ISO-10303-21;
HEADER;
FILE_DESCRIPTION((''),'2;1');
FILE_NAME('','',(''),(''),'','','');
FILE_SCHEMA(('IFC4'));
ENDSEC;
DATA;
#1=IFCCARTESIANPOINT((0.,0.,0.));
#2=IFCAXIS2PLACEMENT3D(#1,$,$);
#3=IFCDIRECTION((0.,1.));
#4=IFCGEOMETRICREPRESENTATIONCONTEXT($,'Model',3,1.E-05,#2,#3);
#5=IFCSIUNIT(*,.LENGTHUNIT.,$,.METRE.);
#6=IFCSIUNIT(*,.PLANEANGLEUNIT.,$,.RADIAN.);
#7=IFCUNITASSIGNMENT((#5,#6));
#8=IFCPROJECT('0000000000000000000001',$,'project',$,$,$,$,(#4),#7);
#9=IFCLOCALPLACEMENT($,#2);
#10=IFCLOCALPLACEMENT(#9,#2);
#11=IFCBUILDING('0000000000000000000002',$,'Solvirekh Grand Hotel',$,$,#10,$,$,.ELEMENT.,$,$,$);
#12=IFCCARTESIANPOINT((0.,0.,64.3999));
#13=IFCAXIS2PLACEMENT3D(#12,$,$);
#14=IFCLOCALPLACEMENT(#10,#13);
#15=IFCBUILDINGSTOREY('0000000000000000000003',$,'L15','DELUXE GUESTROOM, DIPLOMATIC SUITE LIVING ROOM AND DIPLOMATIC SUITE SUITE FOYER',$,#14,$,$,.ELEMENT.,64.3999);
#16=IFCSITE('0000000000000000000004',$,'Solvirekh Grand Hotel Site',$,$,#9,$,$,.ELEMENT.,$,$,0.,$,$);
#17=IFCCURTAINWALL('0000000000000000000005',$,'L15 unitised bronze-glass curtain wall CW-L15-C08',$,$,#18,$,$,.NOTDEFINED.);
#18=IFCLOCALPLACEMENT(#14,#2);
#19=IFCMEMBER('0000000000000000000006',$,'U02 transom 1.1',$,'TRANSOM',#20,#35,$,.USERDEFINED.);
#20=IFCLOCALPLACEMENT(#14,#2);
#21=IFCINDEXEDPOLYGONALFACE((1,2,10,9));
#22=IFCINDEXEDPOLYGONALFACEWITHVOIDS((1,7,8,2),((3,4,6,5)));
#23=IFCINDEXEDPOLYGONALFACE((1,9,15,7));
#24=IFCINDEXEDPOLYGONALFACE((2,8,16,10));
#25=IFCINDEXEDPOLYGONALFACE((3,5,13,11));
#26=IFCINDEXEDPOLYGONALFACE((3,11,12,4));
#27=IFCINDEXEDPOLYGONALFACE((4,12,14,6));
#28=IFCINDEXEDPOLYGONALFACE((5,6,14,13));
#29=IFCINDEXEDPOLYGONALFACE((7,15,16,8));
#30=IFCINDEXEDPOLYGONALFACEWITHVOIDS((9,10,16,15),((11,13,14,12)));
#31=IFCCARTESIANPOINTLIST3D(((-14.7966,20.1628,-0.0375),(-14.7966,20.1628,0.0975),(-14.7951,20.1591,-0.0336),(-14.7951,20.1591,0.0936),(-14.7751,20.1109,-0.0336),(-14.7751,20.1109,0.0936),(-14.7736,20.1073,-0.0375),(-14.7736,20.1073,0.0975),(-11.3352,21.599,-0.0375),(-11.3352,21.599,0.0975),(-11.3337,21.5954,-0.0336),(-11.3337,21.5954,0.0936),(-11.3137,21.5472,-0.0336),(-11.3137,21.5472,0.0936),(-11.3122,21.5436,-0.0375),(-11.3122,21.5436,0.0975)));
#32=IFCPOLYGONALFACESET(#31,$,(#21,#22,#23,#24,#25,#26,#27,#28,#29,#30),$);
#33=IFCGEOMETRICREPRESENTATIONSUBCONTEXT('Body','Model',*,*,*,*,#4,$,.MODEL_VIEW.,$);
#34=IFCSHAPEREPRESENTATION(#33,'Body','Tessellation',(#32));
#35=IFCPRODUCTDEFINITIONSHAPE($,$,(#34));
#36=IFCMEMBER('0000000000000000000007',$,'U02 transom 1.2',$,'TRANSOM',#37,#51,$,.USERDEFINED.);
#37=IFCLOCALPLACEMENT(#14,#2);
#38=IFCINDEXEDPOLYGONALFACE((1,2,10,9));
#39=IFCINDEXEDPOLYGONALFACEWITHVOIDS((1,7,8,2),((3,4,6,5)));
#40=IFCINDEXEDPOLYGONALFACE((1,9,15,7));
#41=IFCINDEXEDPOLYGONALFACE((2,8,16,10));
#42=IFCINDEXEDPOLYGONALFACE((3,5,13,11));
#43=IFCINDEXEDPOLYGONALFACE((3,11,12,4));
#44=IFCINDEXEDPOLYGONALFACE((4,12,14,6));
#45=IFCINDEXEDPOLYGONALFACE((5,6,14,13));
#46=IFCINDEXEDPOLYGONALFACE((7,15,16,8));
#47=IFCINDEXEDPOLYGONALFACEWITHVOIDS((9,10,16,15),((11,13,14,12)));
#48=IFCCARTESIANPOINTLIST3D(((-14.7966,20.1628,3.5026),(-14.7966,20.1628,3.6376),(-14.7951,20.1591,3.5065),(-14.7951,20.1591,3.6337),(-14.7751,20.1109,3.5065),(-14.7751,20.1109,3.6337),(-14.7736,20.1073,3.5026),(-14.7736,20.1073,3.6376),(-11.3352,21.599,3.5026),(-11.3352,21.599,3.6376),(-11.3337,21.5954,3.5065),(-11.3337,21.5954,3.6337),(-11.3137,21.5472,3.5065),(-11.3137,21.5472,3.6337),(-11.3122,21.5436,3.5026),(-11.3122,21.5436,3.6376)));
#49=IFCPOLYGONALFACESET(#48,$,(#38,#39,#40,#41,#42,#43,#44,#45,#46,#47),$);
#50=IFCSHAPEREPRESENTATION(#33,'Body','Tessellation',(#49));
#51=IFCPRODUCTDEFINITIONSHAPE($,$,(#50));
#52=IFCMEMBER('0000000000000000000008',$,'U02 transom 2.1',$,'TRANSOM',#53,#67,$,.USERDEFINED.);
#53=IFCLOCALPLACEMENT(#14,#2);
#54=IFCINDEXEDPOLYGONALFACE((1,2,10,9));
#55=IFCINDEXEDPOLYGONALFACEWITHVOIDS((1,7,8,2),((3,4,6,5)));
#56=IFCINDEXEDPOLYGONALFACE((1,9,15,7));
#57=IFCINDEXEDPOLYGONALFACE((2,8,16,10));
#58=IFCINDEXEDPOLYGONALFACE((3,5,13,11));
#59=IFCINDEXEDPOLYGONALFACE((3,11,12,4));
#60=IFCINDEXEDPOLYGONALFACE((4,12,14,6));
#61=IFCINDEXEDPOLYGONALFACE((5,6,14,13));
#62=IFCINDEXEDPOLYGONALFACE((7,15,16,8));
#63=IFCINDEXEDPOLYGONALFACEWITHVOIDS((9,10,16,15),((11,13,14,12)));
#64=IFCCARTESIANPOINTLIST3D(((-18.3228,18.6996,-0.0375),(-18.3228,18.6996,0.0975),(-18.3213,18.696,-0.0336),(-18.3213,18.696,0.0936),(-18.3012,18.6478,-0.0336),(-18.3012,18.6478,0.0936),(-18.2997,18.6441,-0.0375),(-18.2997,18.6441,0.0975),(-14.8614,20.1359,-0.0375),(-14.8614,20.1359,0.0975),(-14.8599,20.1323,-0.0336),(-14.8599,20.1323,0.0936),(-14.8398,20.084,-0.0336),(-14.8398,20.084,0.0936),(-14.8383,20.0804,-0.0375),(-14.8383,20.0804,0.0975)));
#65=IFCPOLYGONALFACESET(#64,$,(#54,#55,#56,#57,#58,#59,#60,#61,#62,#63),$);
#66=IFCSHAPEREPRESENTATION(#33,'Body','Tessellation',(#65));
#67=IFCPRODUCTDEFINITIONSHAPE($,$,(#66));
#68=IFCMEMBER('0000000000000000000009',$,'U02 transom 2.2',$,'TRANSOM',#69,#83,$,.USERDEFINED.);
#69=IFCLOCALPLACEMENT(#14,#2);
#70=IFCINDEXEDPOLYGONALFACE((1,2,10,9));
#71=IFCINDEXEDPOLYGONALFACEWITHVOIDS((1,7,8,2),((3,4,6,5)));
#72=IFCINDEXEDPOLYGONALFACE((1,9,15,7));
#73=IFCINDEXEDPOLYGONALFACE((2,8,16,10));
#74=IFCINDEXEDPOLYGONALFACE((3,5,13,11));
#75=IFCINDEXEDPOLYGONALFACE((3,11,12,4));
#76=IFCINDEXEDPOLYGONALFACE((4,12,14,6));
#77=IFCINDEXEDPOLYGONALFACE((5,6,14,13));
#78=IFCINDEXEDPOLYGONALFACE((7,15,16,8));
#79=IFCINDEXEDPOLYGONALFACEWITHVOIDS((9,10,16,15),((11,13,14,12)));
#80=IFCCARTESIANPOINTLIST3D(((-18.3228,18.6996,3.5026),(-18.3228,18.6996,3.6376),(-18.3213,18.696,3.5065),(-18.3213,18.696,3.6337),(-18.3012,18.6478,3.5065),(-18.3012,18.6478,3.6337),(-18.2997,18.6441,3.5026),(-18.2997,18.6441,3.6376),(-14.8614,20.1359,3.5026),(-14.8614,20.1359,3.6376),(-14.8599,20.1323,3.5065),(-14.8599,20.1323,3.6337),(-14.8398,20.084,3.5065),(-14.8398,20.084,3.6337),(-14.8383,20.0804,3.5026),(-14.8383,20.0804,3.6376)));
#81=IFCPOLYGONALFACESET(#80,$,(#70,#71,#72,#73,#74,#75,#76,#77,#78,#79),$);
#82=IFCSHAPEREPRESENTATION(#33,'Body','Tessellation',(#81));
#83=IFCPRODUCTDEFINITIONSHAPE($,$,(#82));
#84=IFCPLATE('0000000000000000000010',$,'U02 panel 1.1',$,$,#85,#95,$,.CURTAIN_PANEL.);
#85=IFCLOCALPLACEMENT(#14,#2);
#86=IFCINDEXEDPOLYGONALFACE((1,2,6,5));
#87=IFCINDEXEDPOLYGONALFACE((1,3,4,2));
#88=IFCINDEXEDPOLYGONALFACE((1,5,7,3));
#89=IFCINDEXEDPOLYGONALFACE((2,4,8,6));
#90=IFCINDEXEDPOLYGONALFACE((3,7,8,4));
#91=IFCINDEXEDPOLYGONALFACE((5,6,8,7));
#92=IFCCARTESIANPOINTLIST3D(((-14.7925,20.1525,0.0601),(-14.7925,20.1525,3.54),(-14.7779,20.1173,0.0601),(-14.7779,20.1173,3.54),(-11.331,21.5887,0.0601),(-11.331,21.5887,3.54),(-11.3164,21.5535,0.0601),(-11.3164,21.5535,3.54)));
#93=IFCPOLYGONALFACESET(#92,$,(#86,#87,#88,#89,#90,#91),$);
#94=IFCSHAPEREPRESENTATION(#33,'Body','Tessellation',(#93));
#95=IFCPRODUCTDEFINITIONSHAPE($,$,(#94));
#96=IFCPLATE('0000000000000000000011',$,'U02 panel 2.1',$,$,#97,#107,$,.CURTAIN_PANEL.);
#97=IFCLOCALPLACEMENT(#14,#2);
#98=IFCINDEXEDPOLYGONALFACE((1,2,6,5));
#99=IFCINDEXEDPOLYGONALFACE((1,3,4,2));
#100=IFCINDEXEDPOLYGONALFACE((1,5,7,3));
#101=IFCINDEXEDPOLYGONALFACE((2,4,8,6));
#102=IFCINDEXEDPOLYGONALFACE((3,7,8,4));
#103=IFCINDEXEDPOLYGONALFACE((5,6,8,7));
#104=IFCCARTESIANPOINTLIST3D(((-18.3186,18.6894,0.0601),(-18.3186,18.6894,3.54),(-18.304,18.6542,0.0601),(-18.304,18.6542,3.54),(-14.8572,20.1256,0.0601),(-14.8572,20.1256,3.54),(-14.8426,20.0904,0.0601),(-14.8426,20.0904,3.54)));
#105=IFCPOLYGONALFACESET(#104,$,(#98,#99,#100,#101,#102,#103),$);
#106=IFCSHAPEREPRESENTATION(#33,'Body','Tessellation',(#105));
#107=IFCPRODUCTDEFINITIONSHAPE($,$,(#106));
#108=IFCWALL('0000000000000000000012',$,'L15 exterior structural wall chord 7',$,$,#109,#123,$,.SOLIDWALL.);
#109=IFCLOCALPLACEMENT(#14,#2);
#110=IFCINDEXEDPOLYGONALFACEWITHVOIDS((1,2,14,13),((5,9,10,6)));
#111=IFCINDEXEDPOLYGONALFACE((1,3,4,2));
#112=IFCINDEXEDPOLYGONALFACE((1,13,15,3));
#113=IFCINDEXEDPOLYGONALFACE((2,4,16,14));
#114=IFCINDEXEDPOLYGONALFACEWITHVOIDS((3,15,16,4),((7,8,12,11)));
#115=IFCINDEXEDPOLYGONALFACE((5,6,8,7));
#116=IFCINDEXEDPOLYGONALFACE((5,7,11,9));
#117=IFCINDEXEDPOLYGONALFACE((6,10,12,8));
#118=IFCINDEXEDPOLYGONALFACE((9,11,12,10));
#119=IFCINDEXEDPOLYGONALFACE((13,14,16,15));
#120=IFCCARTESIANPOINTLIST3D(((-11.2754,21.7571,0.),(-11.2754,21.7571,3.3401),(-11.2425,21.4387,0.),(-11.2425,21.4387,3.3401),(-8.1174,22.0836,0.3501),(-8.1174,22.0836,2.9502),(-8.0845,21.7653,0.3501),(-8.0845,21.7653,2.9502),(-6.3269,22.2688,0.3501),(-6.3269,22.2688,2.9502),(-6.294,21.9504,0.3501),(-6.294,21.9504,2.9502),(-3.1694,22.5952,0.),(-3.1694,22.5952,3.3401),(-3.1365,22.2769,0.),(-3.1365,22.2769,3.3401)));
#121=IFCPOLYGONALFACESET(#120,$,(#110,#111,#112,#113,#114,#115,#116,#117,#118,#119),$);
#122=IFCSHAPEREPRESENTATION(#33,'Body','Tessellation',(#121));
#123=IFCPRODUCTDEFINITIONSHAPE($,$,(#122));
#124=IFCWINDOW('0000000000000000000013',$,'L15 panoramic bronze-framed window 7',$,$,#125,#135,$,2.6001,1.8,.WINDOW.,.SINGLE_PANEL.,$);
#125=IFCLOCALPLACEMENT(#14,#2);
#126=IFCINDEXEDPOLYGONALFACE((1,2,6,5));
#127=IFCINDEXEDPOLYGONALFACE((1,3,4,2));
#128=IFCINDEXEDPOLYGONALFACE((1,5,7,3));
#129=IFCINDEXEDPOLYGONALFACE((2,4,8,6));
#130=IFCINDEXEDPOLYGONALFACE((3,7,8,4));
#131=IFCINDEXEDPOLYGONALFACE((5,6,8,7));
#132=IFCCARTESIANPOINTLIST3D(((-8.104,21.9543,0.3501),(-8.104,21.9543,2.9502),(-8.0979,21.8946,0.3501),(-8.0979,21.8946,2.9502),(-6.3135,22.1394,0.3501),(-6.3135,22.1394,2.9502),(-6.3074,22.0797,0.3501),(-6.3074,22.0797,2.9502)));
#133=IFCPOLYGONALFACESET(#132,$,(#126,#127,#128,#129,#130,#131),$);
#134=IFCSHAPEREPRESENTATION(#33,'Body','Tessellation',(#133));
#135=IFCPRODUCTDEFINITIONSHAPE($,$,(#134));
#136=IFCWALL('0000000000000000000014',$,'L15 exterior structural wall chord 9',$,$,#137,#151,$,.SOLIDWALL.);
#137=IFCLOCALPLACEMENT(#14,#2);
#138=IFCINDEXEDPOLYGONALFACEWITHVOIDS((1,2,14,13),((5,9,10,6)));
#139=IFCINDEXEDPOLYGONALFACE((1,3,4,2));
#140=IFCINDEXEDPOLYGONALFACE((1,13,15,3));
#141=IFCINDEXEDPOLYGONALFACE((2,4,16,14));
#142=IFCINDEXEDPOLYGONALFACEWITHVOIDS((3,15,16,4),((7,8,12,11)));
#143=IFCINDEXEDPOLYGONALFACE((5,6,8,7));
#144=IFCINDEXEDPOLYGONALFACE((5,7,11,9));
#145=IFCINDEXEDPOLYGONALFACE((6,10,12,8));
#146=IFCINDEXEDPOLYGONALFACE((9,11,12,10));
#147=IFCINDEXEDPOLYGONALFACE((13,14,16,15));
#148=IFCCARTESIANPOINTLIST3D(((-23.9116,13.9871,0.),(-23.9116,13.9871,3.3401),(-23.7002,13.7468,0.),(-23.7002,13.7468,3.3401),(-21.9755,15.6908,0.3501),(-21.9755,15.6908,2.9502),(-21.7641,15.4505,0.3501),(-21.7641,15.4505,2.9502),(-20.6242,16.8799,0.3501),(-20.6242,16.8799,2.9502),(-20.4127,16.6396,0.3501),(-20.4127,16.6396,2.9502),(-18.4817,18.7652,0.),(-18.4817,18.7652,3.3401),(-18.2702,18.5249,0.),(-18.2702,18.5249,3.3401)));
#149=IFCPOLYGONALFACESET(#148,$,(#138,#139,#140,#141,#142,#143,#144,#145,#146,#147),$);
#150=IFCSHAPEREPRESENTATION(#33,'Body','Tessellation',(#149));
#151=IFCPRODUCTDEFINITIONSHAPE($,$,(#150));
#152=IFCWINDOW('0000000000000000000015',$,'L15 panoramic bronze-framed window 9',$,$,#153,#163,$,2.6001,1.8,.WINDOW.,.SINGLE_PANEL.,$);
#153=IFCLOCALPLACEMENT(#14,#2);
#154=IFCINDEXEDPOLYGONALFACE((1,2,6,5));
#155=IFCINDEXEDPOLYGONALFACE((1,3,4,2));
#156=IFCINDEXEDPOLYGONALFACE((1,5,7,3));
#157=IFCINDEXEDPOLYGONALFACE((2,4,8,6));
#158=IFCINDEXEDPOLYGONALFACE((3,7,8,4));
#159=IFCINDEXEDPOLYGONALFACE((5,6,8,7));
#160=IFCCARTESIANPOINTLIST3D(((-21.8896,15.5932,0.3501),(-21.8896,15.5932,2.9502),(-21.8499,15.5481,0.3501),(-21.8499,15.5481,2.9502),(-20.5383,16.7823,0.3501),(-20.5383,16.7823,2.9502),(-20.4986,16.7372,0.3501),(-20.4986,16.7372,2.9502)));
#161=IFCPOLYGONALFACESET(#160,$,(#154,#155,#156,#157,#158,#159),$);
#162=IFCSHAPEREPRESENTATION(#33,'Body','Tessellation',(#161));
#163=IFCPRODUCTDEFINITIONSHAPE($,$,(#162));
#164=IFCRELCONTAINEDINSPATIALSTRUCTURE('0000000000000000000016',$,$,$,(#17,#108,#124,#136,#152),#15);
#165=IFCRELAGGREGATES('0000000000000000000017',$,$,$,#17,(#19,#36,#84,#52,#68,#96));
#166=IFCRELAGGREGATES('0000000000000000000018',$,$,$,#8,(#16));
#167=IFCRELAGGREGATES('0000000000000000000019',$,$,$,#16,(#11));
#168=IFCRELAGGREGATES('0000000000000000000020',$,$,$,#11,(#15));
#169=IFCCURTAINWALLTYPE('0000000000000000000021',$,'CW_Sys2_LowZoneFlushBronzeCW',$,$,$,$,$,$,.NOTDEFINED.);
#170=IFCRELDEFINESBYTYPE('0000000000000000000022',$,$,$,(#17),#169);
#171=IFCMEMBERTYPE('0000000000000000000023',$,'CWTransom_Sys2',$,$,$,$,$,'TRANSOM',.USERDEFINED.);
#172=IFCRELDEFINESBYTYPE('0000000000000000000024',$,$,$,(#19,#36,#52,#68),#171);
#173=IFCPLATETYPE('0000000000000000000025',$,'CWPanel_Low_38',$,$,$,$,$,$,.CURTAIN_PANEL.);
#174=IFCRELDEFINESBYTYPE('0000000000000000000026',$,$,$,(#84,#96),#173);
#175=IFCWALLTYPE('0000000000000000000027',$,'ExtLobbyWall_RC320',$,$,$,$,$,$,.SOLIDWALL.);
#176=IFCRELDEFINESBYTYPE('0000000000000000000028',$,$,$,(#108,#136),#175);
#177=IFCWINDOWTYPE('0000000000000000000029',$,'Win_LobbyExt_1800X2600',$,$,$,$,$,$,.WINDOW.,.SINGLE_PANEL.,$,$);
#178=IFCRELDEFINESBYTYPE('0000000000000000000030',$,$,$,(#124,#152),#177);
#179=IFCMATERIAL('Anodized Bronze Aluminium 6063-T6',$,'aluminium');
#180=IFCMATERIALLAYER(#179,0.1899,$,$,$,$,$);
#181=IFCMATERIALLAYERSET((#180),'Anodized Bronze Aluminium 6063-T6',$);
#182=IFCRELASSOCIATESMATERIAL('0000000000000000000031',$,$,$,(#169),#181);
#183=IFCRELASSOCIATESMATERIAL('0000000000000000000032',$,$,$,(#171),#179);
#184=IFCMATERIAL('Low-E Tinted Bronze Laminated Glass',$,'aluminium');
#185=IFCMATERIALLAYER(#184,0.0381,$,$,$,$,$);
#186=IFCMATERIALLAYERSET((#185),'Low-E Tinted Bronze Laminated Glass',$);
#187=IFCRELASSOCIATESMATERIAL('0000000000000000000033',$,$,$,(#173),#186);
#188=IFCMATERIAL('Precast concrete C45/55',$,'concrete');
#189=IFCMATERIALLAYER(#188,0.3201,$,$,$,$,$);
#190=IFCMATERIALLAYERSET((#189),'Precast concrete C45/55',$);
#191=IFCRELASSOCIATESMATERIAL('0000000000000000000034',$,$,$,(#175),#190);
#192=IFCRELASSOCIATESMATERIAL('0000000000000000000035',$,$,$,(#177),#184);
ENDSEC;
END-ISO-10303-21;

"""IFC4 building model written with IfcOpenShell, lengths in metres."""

from ifc_helpers import new_model, si_unit, direction, frame, frame_2d, origin, origin_2d, place, context, subcontext, project, spatial, rectangle, hollow_rectangle, extrude, source, transform, mapped, material, layer, layer_set, material_profile, profile_set, type_object, element, fill, aggregate, save


model = new_model("IFC4")

# Units and contexts
model_context = context("Model", 3, precision=1e-05, world=origin(), true_north=direction((0.0, 1.0)))
body_context = subcontext(model_context, "Body", "Model", "MODEL_VIEW")
ifc_project = project(units=[si_unit("LENGTHUNIT", "METRE"), si_unit("PLANEANGLEUNIT", "RADIAN")], contexts=[model_context])

# Site, building, storey
site_placement = place(None, origin())
site = spatial("IfcSite", under=ifc_project, at=site_placement, Name="Solvirekh Grand Hotel Site", CompositionType="ELEMENT", RefElevation=0.0)
building_placement = place(site_placement, origin())
building = spatial("IfcBuilding", under=site, at=building_placement, Name="Solvirekh Grand Hotel", CompositionType="ELEMENT")
storey_placement = place(building_placement, frame((0.0, 0.0, 64.3999)))
storey = spatial("IfcBuildingStorey", under=building, at=storey_placement, Name="L15", Description="DELUXE GUESTROOM, DIPLOMATIC SUITE LIVING ROOM AND DIPLOMATIC SUITE SUITE FOYER", CompositionType="ELEMENT", Elevation=64.3999)

# Curtain wall
ifc_material_1 = material(Name="Anodized Bronze Aluminium 6063-T6", Category="aluminium")
ifc_layer_1 = layer(ifc_material_1, 0.1899)
ifc_layer_set_1 = layer_set([ifc_layer_1], Name="Anodized Bronze Aluminium 6063-T6")
curtain_wall_type = type_object("IfcCurtainWallType", Name="CW_Sys2_LowZoneFlushBronzeCW", PredefinedType="NOTDEFINED", material=ifc_layer_set_1)
curtain_wall_1_placement = place(storey_placement, origin())
curtain_wall_1 = element("IfcCurtainWall", 1, at=curtain_wall_1_placement, inside=storey, type_object=curtain_wall_type, Name="L15 unitised bronze-glass curtain wall CW-L15-C08", PredefinedType="NOTDEFINED")

# Members
ifc_material_profile_1 = material_profile(ifc_material_1, hollow_rectangle(XDim=0.0601, YDim=0.135, WallThickness=0.0039, at=origin_2d()), Name="ALU RHS 135X60X4")
ifc_profile_set_1 = profile_set([ifc_material_profile_1], Name="Anodized Bronze Aluminium 6063-T6")
member_type_1 = type_object("IfcMemberType", Name="CWTransom_Sys2", ElementType="TRANSOM", PredefinedType="USERDEFINED", material=ifc_profile_set_1)
shared_shape_1 = source(origin(), body_context, "Body", "SweptSolid", [
    extrude(hollow_rectangle(XDim=0.0601, YDim=0.135, WallThickness=0.0039, at=origin_2d()), origin(), (0.0, 0.0, 1.0), 3.7476),
])
member_1_placement = place(storey_placement, frame((-11.3237, 21.5713, 0.03), z_axis=(-0.923643, -0.383255, 0.0), x_axis=(0.383255, -0.923643, 0.0)))
member_1 = element("IfcMember", 2, at=member_1_placement, type_object=member_type_1, Name="U02 transom 1.1", ObjectType="TRANSOM", PredefinedType="USERDEFINED", context=body_context, shape_type="MappedRepresentation", body=[
    mapped(shared_shape_1, transform((0.0, 0.0, 0.0), x_axis=(1.0, 0.0, 0.0), y_axis=(0.0, 1.0, 0.0), z_axis=(0.0, 0.0, 1.0), scale=1.0)),
])
member_2_placement = place(storey_placement, frame((-11.3237, 21.5713, 3.5701), z_axis=(-0.923643, -0.383255, 0.0), x_axis=(0.383255, -0.923643, 0.0)))
member_2 = element("IfcMember", 3, at=member_2_placement, type_object=member_type_1, Name="U02 transom 1.2", ObjectType="TRANSOM", PredefinedType="USERDEFINED", context=body_context, shape_type="MappedRepresentation", body=[
    mapped(shared_shape_1, transform((0.0, 0.0, 0.0), x_axis=(1.0, 0.0, 0.0), y_axis=(0.0, 1.0, 0.0), z_axis=(0.0, 0.0, 1.0), scale=1.0)),
])
member_3_placement = place(storey_placement, frame((-14.8499, 20.1082, 0.03), z_axis=(-0.923643, -0.383255, 0.0), x_axis=(0.383255, -0.923643, 0.0)))
member_3 = element("IfcMember", 4, at=member_3_placement, type_object=member_type_1, Name="U02 transom 2.1", ObjectType="TRANSOM", PredefinedType="USERDEFINED", context=body_context, shape_type="MappedRepresentation", body=[
    mapped(shared_shape_1, transform((0.0, 0.0, 0.0), x_axis=(1.0, 0.0, 0.0), y_axis=(0.0, 1.0, 0.0), z_axis=(0.0, 0.0, 1.0), scale=1.0)),
])
member_4_placement = place(storey_placement, frame((-14.8499, 20.1082, 3.5701), z_axis=(-0.923643, -0.383255, 0.0), x_axis=(0.383255, -0.923643, 0.0)))
member_4 = element("IfcMember", 5, at=member_4_placement, type_object=member_type_1, Name="U02 transom 2.2", ObjectType="TRANSOM", PredefinedType="USERDEFINED", context=body_context, shape_type="MappedRepresentation", body=[
    mapped(shared_shape_1, transform((0.0, 0.0, 0.0), x_axis=(1.0, 0.0, 0.0), y_axis=(0.0, 1.0, 0.0), z_axis=(0.0, 0.0, 1.0), scale=1.0)),
])

# Plates
ifc_material_2 = material(Name="Low-E Tinted Bronze Laminated Glass", Category="aluminium")
ifc_layer_2 = layer(ifc_material_2, 0.0381)
ifc_layer_set_2 = layer_set([ifc_layer_2], Name="Low-E Tinted Bronze Laminated Glass")
plate_type = type_object("IfcPlateType", Name="CWPanel_Low_38", PredefinedType="CURTAIN_PANEL", material=ifc_layer_set_2)
shared_shape_2 = source(origin(), body_context, "Body", "SweptSolid", [
    extrude(rectangle(XDim=3.7476, YDim=0.0381, at=origin_2d()), origin(), (0.0, 0.0, 1.0), 3.48),
])
plate_1_placement = place(storey_placement, frame((-13.0544, 20.853, 0.0601), z_axis=(0.0, 0.0, 1.0), x_axis=(-0.923648, -0.383242, 0.0)))
plate_1 = element("IfcPlate", 6, at=plate_1_placement, type_object=plate_type, Name="U02 panel 1.1", PredefinedType="CURTAIN_PANEL", context=body_context, shape_type="MappedRepresentation", body=[
    mapped(shared_shape_2, transform((0.0, 0.0, 0.0), x_axis=(1.0, 0.0, 0.0), y_axis=(0.0, 1.0, 0.0), z_axis=(0.0, 0.0, 1.0), scale=1.0)),
])
plate_2_placement = place(storey_placement, frame((-16.5806, 19.3899, 0.0601), z_axis=(0.0, 0.0, 1.0), x_axis=(-0.923648, -0.383242, 0.0)))
plate_2 = element("IfcPlate", 7, at=plate_2_placement, type_object=plate_type, Name="U02 panel 2.1", PredefinedType="CURTAIN_PANEL", context=body_context, shape_type="MappedRepresentation", body=[
    mapped(shared_shape_2, transform((0.0, 0.0, 0.0), x_axis=(1.0, 0.0, 0.0), y_axis=(0.0, 1.0, 0.0), z_axis=(0.0, 0.0, 1.0), scale=1.0)),
])
aggregate(curtain_wall_1, [member_1, member_2, plate_1, member_3, member_4, plate_2])

# Walls, openings, windows
ifc_material_3 = material(Name="Precast concrete C45/55", Category="concrete")
ifc_layer_3 = layer(ifc_material_3, 0.3201)
ifc_layer_set_3 = layer_set([ifc_layer_3], Name="Precast concrete C45/55")
wall_type_1 = type_object("IfcWallType", Name="ExtLobbyWall_RC320", PredefinedType="SOLIDWALL", material=ifc_layer_set_3)
wall_1_placement = place(storey_placement, frame((-11.259, 21.5979, 0.0), z_axis=(0.0, 0.0, 1.0), x_axis=(0.994697, 0.102849, 0.0)))
wall_1 = element("IfcWall", 8, at=wall_1_placement, inside=storey, type_object=wall_type_1, Name="L15 exterior structural wall chord 7", PredefinedType="SOLIDWALL", context=body_context, shape_type="SweptSolid", body=[
    extrude(rectangle(XDim=8.1492, YDim=0.3201, at=frame_2d((4.0747, 0.0))), origin(), (0.0, 0.0, 1.0), 3.3401),
])
opening_1_placement = place(wall_1_placement, frame((3.175, 0.0, 0.3501)))
opening_1 = element("IfcOpeningElement", 9, at=opening_1_placement, cuts=wall_1, PredefinedType="OPENING", context=body_context, shape_type="SweptSolid", body=[
    extrude(rectangle(XDim=1.8, YDim=2.6001, at=frame_2d((0.8999, 1.3))), frame((0.0, 0.1699, 0.0), z_axis=(0.0, -1.0, 0.0), x_axis=(1.0, 0.0, 0.0)), (0.0, 0.0, 1.0), 0.3401),
])
window_type = type_object("IfcWindowType", Name="Win_LobbyExt_1800X2600", PartitioningType="SINGLE_PANEL", PredefinedType="WINDOW", material=ifc_material_2)
window_1_placement = place(opening_1_placement, origin())
window_1 = element("IfcWindow", 10, at=window_1_placement, inside=storey, type_object=window_type, Name="L15 panoramic bronze-framed window 7", OverallHeight=2.6001, OverallWidth=1.8, PartitioningType="SINGLE_PANEL", PredefinedType="WINDOW", context=body_context, shape_type="SweptSolid", body=[
    extrude(rectangle(XDim=1.8, YDim=2.6001, at=frame_2d((0.8999, 1.3))), frame((0.0, 0.03, 0.0), z_axis=(0.0, -1.0, 0.0), x_axis=(1.0, 0.0, 0.0)), (0.0, 0.0, 1.0), 0.0601),
])
fill(opening_1, window_1)
wall_2_placement = place(storey_placement, frame((-23.8059, 13.8669, 0.0), z_axis=(0.0, 0.0, 1.0), x_axis=(0.750732, 0.660607, 0.0)))
wall_2 = element("IfcWall", 11, at=wall_2_placement, inside=storey, type_object=wall_type_1, Name="L15 exterior structural wall chord 9", PredefinedType="SOLIDWALL", context=body_context, shape_type="SweptSolid", body=[
    extrude(rectangle(XDim=7.2329, YDim=0.3201, at=frame_2d((3.6165, 0.0))), origin(), (0.0, 0.0, 1.0), 3.3401),
])
opening_2_placement = place(wall_2_placement, frame((2.5791, 0.0, 0.3501)))
opening_2 = element("IfcOpeningElement", 12, at=opening_2_placement, cuts=wall_2, PredefinedType="OPENING", context=body_context, shape_type="SweptSolid", body=[
    extrude(rectangle(XDim=1.8, YDim=2.6001, at=frame_2d((0.8999, 1.3))), frame((0.0, 0.1699, 0.0), z_axis=(0.0, -1.0, 0.0), x_axis=(1.0, 0.0, 0.0)), (0.0, 0.0, 1.0), 0.3401),
])
window_2_placement = place(opening_2_placement, origin())
window_2 = element("IfcWindow", 13, at=window_2_placement, inside=storey, type_object=window_type, Name="L15 panoramic bronze-framed window 9", OverallHeight=2.6001, OverallWidth=1.8, PartitioningType="SINGLE_PANEL", PredefinedType="WINDOW", context=body_context, shape_type="SweptSolid", body=[
    extrude(rectangle(XDim=1.8, YDim=2.6001, at=frame_2d((0.8999, 1.3))), frame((0.0, 0.03, 0.0), z_axis=(0.0, -1.0, 0.0), x_axis=(1.0, 0.0, 0.0)), (0.0, 0.0, 1.0), 0.0601),
])
fill(opening_2, window_2)

save(model, "model.ifc")
